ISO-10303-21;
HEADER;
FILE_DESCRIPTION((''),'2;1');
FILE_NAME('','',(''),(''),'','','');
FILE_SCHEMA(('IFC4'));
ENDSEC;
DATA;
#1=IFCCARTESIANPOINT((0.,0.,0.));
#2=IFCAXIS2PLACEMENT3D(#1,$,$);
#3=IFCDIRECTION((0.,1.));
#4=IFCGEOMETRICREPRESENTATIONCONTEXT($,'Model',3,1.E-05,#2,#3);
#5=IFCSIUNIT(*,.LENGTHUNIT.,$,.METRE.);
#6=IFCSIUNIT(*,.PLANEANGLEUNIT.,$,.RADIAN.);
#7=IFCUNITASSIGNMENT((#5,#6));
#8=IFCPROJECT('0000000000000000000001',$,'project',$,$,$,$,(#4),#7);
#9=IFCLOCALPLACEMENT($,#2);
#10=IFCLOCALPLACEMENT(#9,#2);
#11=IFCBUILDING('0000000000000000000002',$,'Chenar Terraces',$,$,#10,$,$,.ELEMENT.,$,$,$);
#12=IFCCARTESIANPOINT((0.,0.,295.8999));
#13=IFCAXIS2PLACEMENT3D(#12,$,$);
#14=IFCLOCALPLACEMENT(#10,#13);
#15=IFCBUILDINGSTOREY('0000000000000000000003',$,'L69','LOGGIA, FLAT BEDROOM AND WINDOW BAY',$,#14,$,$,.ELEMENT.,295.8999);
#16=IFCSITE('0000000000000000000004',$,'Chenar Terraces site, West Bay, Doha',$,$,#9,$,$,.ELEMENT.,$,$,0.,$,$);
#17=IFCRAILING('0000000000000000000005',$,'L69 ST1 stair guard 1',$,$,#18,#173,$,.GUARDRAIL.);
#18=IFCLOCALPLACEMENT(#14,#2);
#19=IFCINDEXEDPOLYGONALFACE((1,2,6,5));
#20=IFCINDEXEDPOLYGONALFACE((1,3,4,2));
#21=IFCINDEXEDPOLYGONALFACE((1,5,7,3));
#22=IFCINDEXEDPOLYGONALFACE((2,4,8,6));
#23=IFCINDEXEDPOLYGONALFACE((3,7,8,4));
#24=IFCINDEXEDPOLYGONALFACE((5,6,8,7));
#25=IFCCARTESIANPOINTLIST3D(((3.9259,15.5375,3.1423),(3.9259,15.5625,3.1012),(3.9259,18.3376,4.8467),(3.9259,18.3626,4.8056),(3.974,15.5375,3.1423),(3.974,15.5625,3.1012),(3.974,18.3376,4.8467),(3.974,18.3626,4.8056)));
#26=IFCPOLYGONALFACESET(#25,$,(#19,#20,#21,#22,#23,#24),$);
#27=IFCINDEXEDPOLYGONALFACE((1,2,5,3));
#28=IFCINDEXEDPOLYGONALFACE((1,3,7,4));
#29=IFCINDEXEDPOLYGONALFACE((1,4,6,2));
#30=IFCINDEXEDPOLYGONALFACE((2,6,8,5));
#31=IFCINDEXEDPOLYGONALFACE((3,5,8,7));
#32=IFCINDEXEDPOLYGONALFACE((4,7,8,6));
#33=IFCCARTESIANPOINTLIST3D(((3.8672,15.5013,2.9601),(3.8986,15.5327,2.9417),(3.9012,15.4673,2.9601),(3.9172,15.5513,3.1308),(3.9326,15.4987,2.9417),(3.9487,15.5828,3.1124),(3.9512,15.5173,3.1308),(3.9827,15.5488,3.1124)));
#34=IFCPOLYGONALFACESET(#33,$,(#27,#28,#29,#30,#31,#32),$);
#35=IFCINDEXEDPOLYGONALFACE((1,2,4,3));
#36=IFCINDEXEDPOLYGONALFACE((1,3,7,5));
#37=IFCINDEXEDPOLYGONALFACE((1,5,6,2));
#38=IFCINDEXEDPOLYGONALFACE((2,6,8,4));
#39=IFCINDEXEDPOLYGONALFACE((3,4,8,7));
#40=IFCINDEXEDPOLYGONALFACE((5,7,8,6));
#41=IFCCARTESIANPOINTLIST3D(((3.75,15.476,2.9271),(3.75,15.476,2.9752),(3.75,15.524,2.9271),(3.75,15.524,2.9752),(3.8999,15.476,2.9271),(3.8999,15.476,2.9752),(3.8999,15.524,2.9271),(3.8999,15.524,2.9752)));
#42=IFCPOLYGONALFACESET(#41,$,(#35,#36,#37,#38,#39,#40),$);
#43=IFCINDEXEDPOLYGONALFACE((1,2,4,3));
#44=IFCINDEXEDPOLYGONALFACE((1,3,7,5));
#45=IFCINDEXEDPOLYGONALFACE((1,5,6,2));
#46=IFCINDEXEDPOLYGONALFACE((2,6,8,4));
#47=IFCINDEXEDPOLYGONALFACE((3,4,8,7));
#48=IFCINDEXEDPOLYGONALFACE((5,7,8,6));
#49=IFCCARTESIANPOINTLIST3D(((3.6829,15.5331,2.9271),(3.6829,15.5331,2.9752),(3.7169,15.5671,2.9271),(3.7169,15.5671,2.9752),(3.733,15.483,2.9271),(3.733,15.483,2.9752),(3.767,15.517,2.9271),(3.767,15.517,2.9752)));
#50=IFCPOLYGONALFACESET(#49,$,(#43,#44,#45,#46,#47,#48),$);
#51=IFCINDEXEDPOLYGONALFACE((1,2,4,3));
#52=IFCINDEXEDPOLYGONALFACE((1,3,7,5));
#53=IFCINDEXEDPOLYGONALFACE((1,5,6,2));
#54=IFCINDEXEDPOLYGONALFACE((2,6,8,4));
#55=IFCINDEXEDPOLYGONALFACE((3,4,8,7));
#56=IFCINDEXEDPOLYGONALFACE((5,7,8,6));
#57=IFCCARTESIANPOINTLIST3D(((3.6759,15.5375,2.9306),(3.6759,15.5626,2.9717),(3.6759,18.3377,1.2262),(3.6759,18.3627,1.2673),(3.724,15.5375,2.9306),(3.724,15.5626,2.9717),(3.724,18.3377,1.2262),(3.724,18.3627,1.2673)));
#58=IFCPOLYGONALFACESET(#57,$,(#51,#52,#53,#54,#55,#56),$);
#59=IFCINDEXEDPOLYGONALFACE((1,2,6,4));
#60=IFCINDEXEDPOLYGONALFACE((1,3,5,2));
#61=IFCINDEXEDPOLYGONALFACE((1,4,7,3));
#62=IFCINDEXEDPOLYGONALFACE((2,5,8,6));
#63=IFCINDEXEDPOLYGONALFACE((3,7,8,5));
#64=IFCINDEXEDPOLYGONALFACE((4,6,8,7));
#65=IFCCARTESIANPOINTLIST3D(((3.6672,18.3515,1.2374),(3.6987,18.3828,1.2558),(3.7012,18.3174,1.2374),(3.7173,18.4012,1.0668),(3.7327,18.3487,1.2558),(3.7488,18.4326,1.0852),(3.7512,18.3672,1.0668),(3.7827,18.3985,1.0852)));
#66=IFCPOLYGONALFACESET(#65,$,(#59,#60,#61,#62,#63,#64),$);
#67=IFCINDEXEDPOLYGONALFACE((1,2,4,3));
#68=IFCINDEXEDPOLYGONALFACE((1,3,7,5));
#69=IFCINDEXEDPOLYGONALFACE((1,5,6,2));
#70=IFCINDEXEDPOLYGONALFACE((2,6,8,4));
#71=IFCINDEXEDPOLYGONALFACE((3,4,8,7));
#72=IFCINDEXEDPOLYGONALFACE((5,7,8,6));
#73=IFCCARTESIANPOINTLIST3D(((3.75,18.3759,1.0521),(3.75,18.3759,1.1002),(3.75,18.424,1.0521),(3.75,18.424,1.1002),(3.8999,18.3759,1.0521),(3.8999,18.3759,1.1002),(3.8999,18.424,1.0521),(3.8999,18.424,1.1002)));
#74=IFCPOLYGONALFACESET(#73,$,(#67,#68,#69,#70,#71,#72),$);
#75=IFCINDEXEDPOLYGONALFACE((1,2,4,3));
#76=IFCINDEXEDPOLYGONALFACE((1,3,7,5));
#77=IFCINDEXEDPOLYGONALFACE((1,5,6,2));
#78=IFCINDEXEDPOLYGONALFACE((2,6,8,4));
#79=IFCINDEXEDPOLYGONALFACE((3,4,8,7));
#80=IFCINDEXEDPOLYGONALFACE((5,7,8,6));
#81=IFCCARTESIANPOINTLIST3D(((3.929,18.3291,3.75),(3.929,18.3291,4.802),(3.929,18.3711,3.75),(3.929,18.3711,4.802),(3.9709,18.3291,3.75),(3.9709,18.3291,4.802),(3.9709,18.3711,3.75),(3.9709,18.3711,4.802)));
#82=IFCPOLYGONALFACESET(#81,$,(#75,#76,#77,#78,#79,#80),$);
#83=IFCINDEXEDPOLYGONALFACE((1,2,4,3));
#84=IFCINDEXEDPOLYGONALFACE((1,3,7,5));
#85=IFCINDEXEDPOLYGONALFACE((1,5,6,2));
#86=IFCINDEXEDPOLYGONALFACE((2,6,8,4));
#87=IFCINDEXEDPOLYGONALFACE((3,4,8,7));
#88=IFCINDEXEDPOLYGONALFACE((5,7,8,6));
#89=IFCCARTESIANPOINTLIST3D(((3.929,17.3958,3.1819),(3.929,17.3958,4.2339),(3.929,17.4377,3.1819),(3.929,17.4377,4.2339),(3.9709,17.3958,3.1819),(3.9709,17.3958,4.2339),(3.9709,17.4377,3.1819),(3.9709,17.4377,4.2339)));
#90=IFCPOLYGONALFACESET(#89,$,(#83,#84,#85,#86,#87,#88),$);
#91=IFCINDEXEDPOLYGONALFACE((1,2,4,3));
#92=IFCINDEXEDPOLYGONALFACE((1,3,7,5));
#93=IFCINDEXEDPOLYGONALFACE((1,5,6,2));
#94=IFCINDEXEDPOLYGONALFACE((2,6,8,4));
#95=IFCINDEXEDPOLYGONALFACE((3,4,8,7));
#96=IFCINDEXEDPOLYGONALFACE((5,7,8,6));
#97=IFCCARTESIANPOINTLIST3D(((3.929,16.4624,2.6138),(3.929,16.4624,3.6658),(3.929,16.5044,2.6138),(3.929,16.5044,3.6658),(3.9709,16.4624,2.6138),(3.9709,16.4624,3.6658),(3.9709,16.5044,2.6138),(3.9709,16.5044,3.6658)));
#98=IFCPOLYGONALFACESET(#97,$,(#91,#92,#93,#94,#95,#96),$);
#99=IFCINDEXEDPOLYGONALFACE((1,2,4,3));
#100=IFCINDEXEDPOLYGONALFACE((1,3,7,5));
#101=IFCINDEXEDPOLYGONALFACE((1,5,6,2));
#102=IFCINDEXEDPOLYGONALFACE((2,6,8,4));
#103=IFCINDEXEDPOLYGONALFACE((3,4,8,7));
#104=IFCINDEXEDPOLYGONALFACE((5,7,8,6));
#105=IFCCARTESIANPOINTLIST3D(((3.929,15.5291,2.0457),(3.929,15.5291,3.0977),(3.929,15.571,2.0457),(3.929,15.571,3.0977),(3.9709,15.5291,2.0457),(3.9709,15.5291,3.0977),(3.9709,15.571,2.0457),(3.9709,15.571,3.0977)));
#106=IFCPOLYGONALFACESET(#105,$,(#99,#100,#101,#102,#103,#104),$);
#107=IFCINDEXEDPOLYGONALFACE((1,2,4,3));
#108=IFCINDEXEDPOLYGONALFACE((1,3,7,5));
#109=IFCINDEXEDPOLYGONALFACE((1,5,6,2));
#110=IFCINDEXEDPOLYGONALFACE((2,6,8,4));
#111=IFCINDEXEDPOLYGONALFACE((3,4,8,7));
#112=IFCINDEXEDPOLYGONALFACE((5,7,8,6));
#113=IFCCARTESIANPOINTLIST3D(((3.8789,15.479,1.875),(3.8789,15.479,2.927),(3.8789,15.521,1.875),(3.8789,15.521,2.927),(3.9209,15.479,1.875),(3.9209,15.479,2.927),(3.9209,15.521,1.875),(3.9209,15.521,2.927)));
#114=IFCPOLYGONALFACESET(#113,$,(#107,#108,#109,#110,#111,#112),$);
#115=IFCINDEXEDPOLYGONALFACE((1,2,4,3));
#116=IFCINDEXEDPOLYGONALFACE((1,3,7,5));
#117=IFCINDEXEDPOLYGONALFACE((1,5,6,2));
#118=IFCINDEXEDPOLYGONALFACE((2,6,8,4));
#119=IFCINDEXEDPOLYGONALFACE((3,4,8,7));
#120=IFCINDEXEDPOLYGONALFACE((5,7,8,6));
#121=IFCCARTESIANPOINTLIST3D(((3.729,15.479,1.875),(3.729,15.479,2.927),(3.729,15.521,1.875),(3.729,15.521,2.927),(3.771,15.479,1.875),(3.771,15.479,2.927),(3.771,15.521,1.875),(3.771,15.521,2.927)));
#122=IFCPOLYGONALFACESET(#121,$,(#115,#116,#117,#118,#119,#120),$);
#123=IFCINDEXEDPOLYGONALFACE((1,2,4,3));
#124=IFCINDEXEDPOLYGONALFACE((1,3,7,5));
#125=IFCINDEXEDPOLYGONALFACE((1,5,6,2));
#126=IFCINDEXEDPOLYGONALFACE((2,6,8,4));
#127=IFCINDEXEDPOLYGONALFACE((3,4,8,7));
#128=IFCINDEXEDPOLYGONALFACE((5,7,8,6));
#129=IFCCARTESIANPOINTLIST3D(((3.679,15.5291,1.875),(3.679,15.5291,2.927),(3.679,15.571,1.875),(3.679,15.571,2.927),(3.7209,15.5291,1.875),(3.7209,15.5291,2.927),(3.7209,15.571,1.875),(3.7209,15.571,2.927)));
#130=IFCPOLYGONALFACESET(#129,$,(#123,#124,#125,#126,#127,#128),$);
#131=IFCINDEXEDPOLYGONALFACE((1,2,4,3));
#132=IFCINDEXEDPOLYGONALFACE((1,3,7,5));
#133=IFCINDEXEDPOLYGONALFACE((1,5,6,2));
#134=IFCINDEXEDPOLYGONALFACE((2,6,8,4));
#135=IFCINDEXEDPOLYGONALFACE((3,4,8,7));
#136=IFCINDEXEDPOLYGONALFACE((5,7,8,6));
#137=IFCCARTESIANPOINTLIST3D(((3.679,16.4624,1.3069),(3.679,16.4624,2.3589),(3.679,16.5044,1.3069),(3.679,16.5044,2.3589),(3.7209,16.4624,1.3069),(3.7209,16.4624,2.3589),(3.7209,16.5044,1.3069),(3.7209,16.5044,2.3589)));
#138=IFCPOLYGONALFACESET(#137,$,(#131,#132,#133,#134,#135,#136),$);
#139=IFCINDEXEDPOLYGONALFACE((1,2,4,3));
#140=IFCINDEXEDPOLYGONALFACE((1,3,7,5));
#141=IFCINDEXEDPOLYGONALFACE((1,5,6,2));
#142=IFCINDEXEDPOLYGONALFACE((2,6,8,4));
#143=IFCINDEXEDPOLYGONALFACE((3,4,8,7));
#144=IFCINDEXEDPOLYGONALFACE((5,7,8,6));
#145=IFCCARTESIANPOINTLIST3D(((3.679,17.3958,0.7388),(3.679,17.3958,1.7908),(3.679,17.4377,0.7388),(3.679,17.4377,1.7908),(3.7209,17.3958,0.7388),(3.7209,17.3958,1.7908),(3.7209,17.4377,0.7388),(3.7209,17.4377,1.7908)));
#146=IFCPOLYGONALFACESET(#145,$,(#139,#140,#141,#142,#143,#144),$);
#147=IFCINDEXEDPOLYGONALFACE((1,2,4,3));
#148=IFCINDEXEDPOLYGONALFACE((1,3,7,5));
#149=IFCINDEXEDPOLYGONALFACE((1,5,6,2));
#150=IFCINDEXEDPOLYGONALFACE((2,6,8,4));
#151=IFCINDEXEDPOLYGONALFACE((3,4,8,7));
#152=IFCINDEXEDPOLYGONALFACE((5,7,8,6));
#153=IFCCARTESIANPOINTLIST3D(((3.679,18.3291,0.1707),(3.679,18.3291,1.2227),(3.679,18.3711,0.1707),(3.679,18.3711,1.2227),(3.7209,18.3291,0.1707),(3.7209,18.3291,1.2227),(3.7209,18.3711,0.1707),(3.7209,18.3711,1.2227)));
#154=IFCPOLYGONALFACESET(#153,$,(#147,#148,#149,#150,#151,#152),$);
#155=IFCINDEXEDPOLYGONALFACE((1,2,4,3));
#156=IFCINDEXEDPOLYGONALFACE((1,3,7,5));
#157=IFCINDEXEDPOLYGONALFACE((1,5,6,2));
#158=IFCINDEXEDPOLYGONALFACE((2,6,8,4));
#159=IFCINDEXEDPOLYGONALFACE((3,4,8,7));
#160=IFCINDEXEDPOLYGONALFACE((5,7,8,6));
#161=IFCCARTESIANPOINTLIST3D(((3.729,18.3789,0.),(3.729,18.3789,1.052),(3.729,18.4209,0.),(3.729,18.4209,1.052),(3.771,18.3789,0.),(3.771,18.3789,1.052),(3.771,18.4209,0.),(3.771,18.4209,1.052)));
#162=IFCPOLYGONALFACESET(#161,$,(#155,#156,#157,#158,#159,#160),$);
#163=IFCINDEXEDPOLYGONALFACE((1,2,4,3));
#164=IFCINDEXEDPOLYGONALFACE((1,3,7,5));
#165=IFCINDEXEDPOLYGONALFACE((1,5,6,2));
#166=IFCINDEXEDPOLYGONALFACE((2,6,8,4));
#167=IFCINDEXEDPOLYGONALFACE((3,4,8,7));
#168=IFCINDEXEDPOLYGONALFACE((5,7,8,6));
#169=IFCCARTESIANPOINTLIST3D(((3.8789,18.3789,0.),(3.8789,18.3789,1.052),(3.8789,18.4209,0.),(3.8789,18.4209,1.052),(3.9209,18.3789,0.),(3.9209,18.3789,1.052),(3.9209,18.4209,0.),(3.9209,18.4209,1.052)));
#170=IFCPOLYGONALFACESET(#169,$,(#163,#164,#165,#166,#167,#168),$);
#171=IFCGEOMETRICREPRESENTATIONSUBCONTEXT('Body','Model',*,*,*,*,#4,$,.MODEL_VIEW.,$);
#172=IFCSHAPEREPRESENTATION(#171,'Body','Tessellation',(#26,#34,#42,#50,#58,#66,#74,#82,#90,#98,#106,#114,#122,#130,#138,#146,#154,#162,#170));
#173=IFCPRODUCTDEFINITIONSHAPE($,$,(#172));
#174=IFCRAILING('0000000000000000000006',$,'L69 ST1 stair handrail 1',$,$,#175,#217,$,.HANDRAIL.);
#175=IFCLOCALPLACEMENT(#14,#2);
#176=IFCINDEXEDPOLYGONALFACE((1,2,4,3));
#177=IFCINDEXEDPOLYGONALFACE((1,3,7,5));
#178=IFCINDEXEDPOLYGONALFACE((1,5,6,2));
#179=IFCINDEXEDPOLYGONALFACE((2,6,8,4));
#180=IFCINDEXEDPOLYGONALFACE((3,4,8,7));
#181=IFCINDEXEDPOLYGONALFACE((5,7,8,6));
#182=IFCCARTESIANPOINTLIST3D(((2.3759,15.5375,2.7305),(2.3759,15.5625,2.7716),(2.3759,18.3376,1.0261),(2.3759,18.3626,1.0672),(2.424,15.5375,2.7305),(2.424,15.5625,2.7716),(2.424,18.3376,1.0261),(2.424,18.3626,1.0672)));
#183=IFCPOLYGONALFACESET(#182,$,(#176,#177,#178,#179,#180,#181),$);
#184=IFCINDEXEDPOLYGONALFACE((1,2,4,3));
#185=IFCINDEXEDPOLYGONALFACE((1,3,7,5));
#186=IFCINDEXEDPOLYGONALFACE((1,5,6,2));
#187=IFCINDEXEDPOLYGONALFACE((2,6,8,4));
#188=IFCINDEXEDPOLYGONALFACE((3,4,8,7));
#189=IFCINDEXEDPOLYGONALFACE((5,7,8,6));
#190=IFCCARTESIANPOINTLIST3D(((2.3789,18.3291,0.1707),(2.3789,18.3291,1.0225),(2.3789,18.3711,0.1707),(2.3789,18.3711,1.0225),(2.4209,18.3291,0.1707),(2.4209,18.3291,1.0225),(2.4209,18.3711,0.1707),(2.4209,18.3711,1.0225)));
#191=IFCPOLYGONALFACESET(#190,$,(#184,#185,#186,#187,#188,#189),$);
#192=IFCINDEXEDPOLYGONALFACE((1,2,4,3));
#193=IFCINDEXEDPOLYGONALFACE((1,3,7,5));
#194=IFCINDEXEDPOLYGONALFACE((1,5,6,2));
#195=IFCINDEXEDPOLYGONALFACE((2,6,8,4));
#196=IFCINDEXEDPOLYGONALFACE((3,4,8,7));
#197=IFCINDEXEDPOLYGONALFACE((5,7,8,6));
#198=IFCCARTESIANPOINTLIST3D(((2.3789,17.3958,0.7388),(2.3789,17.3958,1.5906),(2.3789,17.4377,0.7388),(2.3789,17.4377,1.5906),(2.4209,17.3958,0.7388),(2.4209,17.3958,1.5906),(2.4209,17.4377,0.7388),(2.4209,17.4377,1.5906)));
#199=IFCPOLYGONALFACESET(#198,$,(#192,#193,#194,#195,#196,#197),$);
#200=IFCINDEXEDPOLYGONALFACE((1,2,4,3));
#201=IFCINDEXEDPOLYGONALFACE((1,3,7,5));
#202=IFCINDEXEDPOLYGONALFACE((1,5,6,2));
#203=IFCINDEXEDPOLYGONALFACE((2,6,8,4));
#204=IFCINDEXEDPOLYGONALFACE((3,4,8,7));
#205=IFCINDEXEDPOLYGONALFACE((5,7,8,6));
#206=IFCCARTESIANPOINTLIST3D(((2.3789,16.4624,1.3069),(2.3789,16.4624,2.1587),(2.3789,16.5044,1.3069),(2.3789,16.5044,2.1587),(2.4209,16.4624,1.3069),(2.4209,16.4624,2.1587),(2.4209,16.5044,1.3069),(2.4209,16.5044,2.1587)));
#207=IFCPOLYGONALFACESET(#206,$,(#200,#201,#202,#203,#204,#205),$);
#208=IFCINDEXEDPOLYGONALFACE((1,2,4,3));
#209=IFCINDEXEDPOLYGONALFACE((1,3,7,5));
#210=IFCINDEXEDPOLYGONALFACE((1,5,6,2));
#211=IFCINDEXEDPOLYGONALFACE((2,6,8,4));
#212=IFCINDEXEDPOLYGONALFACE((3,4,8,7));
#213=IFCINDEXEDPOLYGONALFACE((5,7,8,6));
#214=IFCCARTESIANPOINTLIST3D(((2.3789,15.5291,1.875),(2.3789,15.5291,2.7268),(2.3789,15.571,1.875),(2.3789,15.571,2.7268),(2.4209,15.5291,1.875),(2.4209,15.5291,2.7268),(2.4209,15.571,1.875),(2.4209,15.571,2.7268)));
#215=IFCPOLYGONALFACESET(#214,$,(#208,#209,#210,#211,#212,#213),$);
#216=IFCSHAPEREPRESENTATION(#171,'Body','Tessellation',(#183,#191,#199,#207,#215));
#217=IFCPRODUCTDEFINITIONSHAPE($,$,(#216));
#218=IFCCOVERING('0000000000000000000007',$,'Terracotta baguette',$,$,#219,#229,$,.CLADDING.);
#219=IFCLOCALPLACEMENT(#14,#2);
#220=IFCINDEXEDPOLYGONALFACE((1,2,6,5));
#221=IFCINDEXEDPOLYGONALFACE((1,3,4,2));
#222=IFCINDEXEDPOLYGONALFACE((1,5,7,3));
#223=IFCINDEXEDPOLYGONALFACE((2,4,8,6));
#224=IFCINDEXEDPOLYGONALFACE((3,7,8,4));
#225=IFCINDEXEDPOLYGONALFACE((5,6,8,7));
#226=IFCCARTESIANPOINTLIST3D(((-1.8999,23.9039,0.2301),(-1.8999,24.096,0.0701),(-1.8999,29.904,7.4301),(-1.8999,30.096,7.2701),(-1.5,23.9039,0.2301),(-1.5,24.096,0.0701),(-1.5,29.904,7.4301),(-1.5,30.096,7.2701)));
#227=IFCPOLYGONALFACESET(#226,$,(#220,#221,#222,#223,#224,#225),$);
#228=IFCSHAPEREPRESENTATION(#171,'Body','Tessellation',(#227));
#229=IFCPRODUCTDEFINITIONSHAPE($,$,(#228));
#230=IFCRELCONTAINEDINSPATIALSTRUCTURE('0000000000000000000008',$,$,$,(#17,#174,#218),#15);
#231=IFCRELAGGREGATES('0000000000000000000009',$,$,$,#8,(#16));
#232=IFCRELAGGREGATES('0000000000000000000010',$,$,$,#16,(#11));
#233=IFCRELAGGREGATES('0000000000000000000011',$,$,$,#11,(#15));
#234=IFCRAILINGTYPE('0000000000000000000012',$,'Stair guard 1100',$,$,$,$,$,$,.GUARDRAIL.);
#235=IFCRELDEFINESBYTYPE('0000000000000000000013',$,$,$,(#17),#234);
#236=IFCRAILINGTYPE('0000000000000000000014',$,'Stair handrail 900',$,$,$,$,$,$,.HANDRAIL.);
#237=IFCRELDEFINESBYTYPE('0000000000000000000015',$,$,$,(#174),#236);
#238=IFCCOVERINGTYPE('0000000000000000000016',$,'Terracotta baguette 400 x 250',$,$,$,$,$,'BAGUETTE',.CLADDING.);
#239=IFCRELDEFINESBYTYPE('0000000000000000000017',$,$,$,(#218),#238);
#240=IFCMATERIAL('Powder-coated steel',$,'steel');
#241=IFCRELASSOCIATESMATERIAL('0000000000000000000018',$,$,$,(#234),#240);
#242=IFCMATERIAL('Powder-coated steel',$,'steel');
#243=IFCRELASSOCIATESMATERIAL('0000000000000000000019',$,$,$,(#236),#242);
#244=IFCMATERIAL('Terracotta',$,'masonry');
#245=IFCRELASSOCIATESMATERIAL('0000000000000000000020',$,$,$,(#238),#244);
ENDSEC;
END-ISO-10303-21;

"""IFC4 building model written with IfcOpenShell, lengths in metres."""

from ifc_helpers import new_model, si_unit, direction, frame, origin, origin_2d, place, context, subcontext, project, spatial, rectangle, extrude, material, material_profile, profile_set, type_object, element, save


model = new_model("IFC4")

# Units and contexts
model_context = context("Model", 3, precision=1e-05, world=origin(), true_north=direction((0.0, 1.0)))
body_context = subcontext(model_context, "Body", "Model", "MODEL_VIEW")
ifc_project = project(units=[si_unit("LENGTHUNIT", "METRE"), si_unit("PLANEANGLEUNIT", "RADIAN")], contexts=[model_context])

# Site, building, storey
site_placement = place(None, origin())
site = spatial("IfcSite", under=ifc_project, at=site_placement, Name="Chenar Terraces site, West Bay, Doha", CompositionType="ELEMENT", RefElevation=0.0)
building_placement = place(site_placement, origin())
building = spatial("IfcBuilding", under=site, at=building_placement, Name="Chenar Terraces", CompositionType="ELEMENT")
storey_placement = place(building_placement, frame((0.0, 0.0, 295.8999)))
storey = spatial("IfcBuildingStorey", under=building, at=storey_placement, Name="L69", Description="LOGGIA, FLAT BEDROOM AND WINDOW BAY", CompositionType="ELEMENT", Elevation=295.8999)

# Railings
ifc_material_1 = material(Name="Powder-coated steel", Category="steel")
railing_type_1 = type_object("IfcRailingType", Name="Stair guard 1100", PredefinedType="GUARDRAIL", material=ifc_material_1)
railing_1_placement = place(storey_placement, frame((3.95, 18.3501, 3.75)))
element("IfcRailing", 1, at=railing_1_placement, inside=storey, type_object=railing_type_1, Name="L69 ST1 stair guard 1", PredefinedType="GUARDRAIL", context=body_context, shape_type="SweptSolid", body=[
    extrude(rectangle(XDim=0.0481, YDim=0.0481, at=origin_2d()), frame((0.0, 0.0, 1.0762), z_axis=(0.0, -0.854203, -0.51994), x_axis=(1.0, 0.0, 0.0)), (0.0, 0.0, 1.0), 3.2781),
    extrude(rectangle(XDim=0.0481, YDim=0.0481, at=origin_2d()), frame((0.0, -2.8, -0.6284), z_axis=(-0.2709, -0.2709, -0.923703), x_axis=(0.707107, -0.707107, 0.0)), (0.0, 0.0, 1.0), 0.1848),
    extrude(rectangle(XDim=0.0481, YDim=0.0481, at=origin_2d()), frame((-0.05, -2.8501, -0.7988), z_axis=(-1.0, 0.0, 0.0), x_axis=(0.0, -1.0, 0.0)), (0.0, 0.0, 1.0), 0.1499),
    extrude(rectangle(XDim=0.0481, YDim=0.0481, at=origin_2d()), frame((-0.2, -2.8501, -0.7988), z_axis=(-0.707107, 0.707107, 0.0), x_axis=(-0.707107, -0.707107, 0.0)), (0.0, 0.0, 1.0), 0.0708),
    extrude(rectangle(XDim=0.0481, YDim=0.0481, at=origin_2d()), frame((-0.25, -2.8, -0.7988), z_axis=(0.0, 0.854203, -0.51994), x_axis=(-1.0, 0.0, 0.0)), (0.0, 0.0, 1.0), 3.2781),
    extrude(rectangle(XDim=0.0481, YDim=0.0481, at=origin_2d()), frame((-0.25, 0.0, -2.5034), z_axis=(0.270997, 0.269675, -0.924033), x_axis=(-0.705376, 0.708834, 0.0)), (0.0, 0.0, 1.0), 0.1846),
    extrude(rectangle(XDim=0.0481, YDim=0.0481, at=origin_2d()), frame((-0.2, 0.0498, -2.6738), z_axis=(1.0, 0.0, 0.0), x_axis=(0.0, 1.0, 0.0)), (0.0, 0.0, 1.0), 0.1499),
    extrude(rectangle(XDim=0.042, YDim=0.042, at=origin_2d()), origin(), (0.0, 0.0, 1.0), 1.052),
    extrude(rectangle(XDim=0.042, YDim=0.042, at=origin_2d()), frame((0.0, -0.9333, -0.5681)), (0.0, 0.0, 1.0), 1.052),
    extrude(rectangle(XDim=0.042, YDim=0.042, at=origin_2d()), frame((0.0, -1.8667, -1.1362)), (0.0, 0.0, 1.0), 1.052),
    extrude(rectangle(XDim=0.042, YDim=0.042, at=origin_2d()), frame((0.0, -2.8, -1.7043)), (0.0, 0.0, 1.0), 1.052),
    extrude(rectangle(XDim=0.042, YDim=0.042, at=origin_2d()), frame((-0.05, -2.8501, -1.875)), (0.0, 0.0, 1.0), 1.052),
    extrude(rectangle(XDim=0.042, YDim=0.042, at=origin_2d()), frame((-0.2, -2.8501, -1.875)), (0.0, 0.0, 1.0), 1.052),
    extrude(rectangle(XDim=0.042, YDim=0.042, at=origin_2d()), frame((-0.25, -2.8, -1.875)), (0.0, 0.0, 1.0), 1.052),
    extrude(rectangle(XDim=0.042, YDim=0.042, at=origin_2d()), frame((-0.25, -1.8667, -2.4431)), (0.0, 0.0, 1.0), 1.052),
    extrude(rectangle(XDim=0.042, YDim=0.042, at=origin_2d()), frame((-0.25, -0.9333, -3.0112)), (0.0, 0.0, 1.0), 1.052),
    extrude(rectangle(XDim=0.042, YDim=0.042, at=origin_2d()), frame((-0.25, 0.0, -3.5793)), (0.0, 0.0, 1.0), 1.052),
    extrude(rectangle(XDim=0.042, YDim=0.042, at=origin_2d()), frame((-0.2, 0.0498, -3.75)), (0.0, 0.0, 1.0), 1.052),
    extrude(rectangle(XDim=0.042, YDim=0.042, at=origin_2d()), frame((-0.05, 0.0498, -3.75)), (0.0, 0.0, 1.0), 1.052),
])
ifc_material_2 = material(Name="Powder-coated steel", Category="steel")
railing_type_2 = type_object("IfcRailingType", Name="Stair handrail 900", PredefinedType="HANDRAIL", material=ifc_material_2)
railing_2_placement = place(storey_placement, frame((2.3999, 18.3501, 0.1707)))
element("IfcRailing", 2, at=railing_2_placement, inside=storey, type_object=railing_type_2, Name="L69 ST1 stair handrail 1", PredefinedType="HANDRAIL", context=body_context, shape_type="SweptSolid", body=[
    extrude(rectangle(XDim=0.0481, YDim=0.0481, at=origin_2d()), frame((0.0, 0.0, 0.876), z_axis=(0.0, -0.854203, 0.51994), x_axis=(1.0, 0.0, 0.0)), (0.0, 0.0, 1.0), 3.2781),
    extrude(rectangle(XDim=0.042, YDim=0.042, at=origin_2d()), origin(), (0.0, 0.0, 1.0), 0.8518),
    extrude(rectangle(XDim=0.042, YDim=0.042, at=origin_2d()), frame((0.0, -0.9333, 0.5681)), (0.0, 0.0, 1.0), 0.8518),
    extrude(rectangle(XDim=0.042, YDim=0.042, at=origin_2d()), frame((0.0, -1.8667, 1.1362)), (0.0, 0.0, 1.0), 0.8518),
    extrude(rectangle(XDim=0.042, YDim=0.042, at=origin_2d()), frame((0.0, -2.8, 1.7043)), (0.0, 0.0, 1.0), 0.8518),
])

# Covering
ifc_material_3 = material(Name="Terracotta", Category="masonry")
ifc_material_profile_1 = material_profile(ifc_material_3, rectangle(XDim=0.3999, YDim=0.25, at=origin_2d()), Name="Terracotta baguette 400 x 250")
ifc_profile_set_1 = profile_set([ifc_material_profile_1], Name="Terracotta")
covering_type = type_object("IfcCoveringType", Name="Terracotta baguette 400 x 250", ElementType="BAGUETTE", PredefinedType="CLADDING", material=ifc_profile_set_1)
for number, where, z_axis, x_axis, name in (
    (3, (-1.7, 30.0, 7.3501), (0.0, -0.640187, -0.768219), (1.0, 0.0, 0.0), "Terracotta baguette"),
):
    element("IfcCovering", number, at=place(storey_placement, frame(where, z_axis=z_axis, x_axis=x_axis)), inside=storey, type_object=covering_type, Name=name, PredefinedType="CLADDING", context=body_context, shape_type="SweptSolid", body=[
        extrude(rectangle(XDim=0.3999, YDim=0.25, at=origin_2d()), origin(), (0.0, 0.0, 1.0), 9.3723),
    ])

save(model, "model.ifc")
